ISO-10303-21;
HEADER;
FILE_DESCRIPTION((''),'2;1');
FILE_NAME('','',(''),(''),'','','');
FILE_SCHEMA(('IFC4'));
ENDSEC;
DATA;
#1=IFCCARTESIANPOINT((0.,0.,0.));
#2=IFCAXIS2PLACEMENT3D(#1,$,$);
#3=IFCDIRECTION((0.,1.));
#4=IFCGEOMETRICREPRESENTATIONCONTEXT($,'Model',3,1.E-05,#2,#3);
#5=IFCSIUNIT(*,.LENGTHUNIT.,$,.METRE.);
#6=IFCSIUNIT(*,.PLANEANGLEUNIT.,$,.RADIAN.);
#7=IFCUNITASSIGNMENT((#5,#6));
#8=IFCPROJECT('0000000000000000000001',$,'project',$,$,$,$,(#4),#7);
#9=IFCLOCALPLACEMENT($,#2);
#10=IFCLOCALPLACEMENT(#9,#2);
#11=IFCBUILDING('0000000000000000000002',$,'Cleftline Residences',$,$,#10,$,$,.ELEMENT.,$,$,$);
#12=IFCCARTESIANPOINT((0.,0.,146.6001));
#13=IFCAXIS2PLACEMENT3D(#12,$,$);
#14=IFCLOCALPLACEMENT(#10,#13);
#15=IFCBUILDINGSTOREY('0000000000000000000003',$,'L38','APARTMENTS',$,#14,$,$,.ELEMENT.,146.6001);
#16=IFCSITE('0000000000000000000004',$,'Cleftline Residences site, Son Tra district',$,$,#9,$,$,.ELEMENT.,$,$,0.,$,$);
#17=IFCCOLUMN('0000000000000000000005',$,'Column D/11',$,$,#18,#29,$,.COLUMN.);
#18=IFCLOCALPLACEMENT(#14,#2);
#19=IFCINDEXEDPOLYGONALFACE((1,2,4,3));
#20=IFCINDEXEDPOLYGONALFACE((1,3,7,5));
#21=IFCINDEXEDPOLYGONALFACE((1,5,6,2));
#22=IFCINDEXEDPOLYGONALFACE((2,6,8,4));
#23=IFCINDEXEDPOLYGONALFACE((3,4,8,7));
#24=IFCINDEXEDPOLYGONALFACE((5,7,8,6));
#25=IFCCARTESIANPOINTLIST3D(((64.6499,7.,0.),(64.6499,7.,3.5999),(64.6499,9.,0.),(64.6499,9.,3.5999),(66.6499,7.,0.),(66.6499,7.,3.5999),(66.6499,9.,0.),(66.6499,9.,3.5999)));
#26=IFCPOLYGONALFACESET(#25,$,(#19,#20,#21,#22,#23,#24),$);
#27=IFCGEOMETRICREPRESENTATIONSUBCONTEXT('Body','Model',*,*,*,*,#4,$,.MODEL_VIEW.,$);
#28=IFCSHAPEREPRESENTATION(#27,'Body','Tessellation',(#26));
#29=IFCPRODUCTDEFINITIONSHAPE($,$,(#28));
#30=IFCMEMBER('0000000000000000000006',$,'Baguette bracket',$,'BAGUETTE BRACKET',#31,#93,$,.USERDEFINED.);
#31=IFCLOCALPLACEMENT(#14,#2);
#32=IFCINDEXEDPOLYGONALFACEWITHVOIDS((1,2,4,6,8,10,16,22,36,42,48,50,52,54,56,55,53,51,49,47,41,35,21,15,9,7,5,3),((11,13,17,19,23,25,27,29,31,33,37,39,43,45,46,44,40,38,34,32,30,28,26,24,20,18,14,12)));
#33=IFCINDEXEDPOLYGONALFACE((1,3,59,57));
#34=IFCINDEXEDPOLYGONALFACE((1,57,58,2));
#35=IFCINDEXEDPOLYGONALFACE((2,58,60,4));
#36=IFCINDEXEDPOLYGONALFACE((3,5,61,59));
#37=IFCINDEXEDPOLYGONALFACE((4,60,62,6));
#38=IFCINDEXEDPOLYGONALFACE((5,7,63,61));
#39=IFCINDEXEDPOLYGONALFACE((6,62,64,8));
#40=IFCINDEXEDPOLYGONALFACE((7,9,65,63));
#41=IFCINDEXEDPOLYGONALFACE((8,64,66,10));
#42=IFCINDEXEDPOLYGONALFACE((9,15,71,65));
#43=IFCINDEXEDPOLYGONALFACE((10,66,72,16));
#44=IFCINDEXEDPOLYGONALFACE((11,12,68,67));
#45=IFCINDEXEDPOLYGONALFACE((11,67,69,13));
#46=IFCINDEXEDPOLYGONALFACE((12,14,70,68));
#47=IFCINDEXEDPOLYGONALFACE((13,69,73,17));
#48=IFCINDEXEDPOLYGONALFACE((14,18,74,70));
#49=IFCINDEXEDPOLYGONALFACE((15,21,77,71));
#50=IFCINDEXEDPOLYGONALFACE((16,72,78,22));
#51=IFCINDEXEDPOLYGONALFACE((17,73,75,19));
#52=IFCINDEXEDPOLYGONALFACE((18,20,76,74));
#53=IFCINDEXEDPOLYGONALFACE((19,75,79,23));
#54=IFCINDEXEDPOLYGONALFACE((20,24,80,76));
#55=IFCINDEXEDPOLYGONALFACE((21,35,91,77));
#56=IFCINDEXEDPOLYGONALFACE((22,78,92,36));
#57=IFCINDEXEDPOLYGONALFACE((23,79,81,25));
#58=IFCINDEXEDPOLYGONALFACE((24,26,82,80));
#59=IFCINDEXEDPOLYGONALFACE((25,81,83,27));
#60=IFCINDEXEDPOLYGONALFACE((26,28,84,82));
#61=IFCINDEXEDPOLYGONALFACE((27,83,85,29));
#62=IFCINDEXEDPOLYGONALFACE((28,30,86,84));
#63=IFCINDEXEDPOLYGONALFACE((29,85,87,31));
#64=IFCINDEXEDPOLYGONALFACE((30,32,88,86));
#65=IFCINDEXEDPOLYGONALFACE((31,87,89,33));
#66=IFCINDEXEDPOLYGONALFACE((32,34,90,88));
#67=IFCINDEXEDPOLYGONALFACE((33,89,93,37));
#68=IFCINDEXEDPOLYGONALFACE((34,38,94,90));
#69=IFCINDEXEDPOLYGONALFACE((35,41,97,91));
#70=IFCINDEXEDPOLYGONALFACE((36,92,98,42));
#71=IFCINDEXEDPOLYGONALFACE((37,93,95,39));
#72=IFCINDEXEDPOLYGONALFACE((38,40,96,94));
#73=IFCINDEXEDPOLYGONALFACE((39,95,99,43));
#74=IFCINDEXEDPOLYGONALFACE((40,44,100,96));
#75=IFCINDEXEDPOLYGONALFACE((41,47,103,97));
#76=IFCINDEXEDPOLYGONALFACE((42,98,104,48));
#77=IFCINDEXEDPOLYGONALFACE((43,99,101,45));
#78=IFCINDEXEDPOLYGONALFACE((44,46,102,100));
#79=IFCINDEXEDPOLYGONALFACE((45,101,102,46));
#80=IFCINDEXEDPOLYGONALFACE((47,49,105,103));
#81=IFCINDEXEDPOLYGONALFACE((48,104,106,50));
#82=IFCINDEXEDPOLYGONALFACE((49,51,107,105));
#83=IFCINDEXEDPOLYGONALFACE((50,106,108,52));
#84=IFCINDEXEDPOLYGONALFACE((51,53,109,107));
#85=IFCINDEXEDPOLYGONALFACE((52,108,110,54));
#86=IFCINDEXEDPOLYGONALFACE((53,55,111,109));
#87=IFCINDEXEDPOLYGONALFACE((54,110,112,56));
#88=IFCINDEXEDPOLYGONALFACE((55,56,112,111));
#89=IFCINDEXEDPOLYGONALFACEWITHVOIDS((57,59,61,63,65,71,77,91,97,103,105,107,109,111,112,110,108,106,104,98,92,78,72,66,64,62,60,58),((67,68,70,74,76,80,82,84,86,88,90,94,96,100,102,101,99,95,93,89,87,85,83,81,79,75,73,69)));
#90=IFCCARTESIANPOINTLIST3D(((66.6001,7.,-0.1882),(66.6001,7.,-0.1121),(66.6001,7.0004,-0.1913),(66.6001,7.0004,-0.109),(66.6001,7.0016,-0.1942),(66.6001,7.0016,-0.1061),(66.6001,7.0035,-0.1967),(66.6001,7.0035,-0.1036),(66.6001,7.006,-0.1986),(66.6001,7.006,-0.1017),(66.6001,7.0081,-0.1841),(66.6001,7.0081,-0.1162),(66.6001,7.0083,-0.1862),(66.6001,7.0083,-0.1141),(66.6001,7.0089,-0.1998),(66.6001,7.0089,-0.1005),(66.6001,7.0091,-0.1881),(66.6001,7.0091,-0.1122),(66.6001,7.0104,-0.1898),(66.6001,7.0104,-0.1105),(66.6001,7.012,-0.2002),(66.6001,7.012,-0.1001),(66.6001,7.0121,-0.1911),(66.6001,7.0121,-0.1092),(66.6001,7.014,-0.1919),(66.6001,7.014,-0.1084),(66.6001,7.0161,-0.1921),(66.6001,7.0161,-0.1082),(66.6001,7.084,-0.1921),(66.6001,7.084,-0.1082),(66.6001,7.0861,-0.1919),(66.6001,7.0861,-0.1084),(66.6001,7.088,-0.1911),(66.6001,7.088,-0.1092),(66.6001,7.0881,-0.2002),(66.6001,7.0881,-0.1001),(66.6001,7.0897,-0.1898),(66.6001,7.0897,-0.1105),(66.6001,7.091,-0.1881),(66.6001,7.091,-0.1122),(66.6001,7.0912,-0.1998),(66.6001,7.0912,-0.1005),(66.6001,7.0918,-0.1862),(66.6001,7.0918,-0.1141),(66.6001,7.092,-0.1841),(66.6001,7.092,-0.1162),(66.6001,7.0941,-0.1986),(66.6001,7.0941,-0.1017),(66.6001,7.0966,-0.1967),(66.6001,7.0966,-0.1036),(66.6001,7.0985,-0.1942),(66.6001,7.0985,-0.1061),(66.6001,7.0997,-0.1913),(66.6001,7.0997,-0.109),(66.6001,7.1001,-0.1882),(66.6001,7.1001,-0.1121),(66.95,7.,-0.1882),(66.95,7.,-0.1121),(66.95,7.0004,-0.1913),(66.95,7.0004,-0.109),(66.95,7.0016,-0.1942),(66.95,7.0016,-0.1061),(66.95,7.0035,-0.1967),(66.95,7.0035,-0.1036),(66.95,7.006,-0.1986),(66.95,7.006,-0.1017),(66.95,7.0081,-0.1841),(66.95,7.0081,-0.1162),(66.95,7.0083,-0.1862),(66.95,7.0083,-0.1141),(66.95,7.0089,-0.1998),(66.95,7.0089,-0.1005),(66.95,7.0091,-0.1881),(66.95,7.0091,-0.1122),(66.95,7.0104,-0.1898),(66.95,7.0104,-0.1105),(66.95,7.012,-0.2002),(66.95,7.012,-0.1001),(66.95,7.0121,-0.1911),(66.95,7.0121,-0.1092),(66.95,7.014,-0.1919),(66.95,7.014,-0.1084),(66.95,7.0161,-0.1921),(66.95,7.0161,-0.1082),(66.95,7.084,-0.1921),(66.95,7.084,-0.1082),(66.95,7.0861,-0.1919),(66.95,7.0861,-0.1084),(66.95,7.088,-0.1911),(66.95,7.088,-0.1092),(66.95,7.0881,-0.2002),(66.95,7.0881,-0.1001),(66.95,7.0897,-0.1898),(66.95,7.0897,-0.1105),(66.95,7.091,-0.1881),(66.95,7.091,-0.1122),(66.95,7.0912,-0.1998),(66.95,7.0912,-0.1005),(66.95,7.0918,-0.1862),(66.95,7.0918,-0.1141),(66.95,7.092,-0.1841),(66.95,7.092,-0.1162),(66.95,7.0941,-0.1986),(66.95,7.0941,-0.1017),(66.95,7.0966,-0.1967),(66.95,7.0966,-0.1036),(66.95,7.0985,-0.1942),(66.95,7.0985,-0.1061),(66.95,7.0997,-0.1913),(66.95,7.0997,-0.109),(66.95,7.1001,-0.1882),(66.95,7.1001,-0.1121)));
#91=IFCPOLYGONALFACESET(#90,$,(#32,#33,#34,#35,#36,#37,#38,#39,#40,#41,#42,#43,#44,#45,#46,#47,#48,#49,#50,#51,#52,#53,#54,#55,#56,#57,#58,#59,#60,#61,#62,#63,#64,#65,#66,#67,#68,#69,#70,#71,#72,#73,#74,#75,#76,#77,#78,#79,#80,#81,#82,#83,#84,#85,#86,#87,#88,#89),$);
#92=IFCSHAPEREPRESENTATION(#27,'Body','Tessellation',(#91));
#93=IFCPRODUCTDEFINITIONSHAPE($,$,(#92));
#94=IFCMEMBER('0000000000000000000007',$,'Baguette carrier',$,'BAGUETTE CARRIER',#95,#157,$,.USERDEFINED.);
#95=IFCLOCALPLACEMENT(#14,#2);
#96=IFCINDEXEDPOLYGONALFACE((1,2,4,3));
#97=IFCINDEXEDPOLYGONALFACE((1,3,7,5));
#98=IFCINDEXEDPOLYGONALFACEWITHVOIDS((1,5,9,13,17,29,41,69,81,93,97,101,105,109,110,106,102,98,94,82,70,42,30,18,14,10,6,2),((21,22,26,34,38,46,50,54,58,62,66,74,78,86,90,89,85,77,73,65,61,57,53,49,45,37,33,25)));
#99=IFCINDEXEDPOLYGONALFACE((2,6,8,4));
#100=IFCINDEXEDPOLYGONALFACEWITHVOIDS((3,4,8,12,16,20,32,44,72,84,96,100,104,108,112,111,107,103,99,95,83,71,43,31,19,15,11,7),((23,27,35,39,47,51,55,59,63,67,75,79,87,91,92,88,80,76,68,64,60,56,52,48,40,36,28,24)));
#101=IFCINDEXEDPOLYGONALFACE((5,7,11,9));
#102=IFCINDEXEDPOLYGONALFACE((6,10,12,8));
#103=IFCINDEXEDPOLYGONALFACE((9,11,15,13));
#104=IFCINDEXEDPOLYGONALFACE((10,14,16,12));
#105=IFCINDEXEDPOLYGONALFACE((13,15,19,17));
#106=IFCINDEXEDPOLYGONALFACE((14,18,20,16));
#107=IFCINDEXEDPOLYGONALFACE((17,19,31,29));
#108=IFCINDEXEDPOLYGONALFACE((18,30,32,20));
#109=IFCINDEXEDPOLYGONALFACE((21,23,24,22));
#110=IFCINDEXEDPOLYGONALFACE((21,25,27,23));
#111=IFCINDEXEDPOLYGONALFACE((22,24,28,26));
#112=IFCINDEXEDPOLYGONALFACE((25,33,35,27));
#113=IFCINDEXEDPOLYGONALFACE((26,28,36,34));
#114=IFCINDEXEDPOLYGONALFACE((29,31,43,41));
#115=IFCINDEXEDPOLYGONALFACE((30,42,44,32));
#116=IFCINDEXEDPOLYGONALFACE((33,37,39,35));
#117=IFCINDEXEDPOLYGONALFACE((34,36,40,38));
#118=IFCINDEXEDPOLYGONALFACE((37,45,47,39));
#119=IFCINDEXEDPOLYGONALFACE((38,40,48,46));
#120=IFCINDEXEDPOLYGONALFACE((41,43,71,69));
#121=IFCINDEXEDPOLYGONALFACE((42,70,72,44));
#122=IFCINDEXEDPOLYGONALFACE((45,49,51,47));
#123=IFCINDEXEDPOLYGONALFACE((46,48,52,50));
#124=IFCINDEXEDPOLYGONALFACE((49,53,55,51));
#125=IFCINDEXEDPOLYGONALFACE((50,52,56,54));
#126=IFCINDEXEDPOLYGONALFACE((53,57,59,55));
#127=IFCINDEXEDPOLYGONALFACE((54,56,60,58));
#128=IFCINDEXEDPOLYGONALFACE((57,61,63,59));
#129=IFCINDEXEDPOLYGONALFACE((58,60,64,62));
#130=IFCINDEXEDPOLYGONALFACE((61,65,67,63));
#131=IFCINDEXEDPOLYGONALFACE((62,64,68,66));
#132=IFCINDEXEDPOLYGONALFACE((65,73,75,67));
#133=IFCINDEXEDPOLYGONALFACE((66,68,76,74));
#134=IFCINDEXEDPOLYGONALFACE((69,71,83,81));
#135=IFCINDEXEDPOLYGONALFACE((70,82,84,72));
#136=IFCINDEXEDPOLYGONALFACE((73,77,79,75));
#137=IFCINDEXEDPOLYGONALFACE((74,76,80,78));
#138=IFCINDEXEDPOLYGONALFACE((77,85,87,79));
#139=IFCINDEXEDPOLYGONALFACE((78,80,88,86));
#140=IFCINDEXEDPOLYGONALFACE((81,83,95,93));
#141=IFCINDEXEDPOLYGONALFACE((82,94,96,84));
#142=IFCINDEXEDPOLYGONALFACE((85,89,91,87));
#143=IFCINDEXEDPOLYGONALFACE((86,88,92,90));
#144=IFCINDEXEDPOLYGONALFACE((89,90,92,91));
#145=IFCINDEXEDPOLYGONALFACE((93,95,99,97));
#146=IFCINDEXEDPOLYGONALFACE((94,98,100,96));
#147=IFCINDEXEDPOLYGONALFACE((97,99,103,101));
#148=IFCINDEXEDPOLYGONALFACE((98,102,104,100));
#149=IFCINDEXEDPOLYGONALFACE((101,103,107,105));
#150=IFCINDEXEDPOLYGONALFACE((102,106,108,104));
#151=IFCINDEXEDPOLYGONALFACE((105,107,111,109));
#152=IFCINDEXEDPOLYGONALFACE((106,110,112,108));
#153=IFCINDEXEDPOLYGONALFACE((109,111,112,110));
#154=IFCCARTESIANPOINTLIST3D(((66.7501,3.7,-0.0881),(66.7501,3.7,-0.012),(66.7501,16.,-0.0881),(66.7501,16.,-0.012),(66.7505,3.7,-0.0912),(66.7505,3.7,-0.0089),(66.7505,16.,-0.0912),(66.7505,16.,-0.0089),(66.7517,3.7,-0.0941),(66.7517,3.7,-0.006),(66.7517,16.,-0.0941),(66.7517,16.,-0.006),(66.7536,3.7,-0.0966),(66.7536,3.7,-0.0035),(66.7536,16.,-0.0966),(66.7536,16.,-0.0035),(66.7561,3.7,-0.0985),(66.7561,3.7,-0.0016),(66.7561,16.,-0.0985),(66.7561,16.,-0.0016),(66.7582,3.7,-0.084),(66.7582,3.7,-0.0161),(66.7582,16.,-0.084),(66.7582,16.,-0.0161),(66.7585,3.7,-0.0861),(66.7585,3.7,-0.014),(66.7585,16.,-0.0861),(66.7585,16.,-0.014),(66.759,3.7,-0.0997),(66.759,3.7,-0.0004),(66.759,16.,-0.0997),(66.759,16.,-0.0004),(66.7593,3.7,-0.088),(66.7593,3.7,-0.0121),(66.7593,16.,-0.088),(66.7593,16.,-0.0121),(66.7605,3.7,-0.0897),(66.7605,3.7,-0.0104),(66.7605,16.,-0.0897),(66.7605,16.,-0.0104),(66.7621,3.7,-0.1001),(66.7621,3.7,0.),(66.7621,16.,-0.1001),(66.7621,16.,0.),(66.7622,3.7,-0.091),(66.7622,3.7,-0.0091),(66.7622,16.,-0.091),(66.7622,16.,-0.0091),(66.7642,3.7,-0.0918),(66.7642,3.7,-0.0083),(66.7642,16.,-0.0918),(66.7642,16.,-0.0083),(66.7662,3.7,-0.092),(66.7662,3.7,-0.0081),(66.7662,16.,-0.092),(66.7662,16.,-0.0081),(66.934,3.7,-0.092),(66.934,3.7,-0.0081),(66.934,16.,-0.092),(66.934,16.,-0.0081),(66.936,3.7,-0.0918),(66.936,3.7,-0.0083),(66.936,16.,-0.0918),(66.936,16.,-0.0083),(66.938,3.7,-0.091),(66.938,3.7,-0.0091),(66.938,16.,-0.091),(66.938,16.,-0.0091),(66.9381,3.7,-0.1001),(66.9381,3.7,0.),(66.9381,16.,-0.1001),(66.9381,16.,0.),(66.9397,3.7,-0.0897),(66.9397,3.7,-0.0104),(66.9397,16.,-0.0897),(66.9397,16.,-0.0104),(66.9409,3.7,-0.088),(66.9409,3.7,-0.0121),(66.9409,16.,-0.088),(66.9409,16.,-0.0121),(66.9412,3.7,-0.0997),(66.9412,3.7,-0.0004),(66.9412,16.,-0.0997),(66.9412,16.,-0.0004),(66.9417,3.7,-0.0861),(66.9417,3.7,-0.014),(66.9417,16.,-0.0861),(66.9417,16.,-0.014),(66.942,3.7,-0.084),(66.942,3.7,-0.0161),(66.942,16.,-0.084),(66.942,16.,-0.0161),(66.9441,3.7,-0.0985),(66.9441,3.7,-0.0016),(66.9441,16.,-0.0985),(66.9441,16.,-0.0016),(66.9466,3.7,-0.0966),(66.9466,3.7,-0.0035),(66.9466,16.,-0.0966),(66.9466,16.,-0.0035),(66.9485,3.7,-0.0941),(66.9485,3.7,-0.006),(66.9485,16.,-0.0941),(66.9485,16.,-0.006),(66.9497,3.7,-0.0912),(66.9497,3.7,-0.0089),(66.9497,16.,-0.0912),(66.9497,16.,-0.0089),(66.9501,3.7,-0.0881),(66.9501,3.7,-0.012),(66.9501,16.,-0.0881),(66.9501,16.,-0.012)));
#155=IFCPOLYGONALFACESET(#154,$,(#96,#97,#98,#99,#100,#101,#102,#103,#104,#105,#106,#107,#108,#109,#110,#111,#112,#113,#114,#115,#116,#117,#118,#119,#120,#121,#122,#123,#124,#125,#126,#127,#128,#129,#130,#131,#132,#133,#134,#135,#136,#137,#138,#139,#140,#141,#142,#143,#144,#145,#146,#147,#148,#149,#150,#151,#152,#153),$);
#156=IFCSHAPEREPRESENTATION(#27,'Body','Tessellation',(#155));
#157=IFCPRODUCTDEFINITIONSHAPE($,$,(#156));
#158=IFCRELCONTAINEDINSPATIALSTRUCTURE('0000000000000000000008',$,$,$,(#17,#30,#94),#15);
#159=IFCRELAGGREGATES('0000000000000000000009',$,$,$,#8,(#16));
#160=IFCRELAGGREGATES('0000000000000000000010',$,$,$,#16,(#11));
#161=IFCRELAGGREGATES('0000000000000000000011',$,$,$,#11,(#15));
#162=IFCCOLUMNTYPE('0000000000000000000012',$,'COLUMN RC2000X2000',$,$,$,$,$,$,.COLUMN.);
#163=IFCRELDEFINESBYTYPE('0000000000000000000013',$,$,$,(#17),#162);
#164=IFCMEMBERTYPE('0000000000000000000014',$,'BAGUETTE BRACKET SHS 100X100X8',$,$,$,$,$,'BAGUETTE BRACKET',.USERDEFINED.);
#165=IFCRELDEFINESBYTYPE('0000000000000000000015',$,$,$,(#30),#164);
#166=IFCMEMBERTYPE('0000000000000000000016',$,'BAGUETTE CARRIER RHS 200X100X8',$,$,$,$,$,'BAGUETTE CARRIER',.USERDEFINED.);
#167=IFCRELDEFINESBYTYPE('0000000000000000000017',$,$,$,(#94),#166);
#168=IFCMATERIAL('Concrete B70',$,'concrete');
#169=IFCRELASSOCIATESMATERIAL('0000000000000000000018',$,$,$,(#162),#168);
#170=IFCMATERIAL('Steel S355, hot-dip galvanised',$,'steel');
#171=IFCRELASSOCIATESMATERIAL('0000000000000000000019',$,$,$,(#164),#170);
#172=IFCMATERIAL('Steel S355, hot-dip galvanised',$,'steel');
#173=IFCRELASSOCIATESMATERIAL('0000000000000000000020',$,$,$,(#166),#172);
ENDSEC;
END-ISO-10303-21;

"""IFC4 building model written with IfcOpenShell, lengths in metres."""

from ifc_helpers import new_model, si_unit, direction, frame, origin, origin_2d, place, context, subcontext, project, spatial, rectangle, hollow_rectangle, extrude, material, material_profile, profile_set, type_object, element, save


model = new_model("IFC4")

# Units and contexts
model_context = context("Model", 3, precision=1e-05, world=origin(), true_north=direction((0.0, 1.0)))
body_context = subcontext(model_context, "Body", "Model", "MODEL_VIEW")
ifc_project = project(units=[si_unit("LENGTHUNIT", "METRE"), si_unit("PLANEANGLEUNIT", "RADIAN")], contexts=[model_context])

# Site, building, storey
site_placement = place(None, origin())
site = spatial("IfcSite", under=ifc_project, at=site_placement, Name="Cleftline Residences site, Son Tra district", CompositionType="ELEMENT", RefElevation=0.0)
building_placement = place(site_placement, origin())
building = spatial("IfcBuilding", under=site, at=building_placement, Name="Cleftline Residences", CompositionType="ELEMENT")
storey_placement = place(building_placement, frame((0.0, 0.0, 146.6001)))
storey = spatial("IfcBuildingStorey", under=building, at=storey_placement, Name="L38", Description="APARTMENTS", CompositionType="ELEMENT", Elevation=146.6001)

# Column
ifc_material_1 = material(Name="Concrete B70", Category="concrete")
ifc_material_profile_1 = material_profile(ifc_material_1, rectangle(XDim=2.0, YDim=2.0, at=origin_2d()))
ifc_profile_set_1 = profile_set([ifc_material_profile_1], Name="Concrete B70")
column_type = type_object("IfcColumnType", Name="COLUMN RC2000X2000", PredefinedType="COLUMN", material=ifc_profile_set_1)
column_placement = place(storey_placement, frame((65.6499, 8.0, 0.0), z_axis=(0.0, 0.0, 1.0), x_axis=(1.0, 0.0, 0.0)))
element("IfcColumn", 1, at=column_placement, inside=storey, type_object=column_type, Name="Column D/11", PredefinedType="COLUMN", context=body_context, shape_type="SweptSolid", body=[
    extrude(rectangle(XDim=2.0, YDim=2.0, at=origin_2d()), origin(), (0.0, 0.0, 1.0), 3.5999),
])

# Members
ifc_material_2 = material(Name="Steel S355, hot-dip galvanised", Category="steel")
ifc_material_profile_2 = material_profile(ifc_material_2, hollow_rectangle(XDim=0.1001, YDim=0.1001, WallThickness=0.0081, InnerFilletRadius=0.0081, OuterFilletRadius=0.012, at=origin_2d()))
ifc_profile_set_2 = profile_set([ifc_material_profile_2], Name="Steel S355, hot-dip galvanised")
member_type_1 = type_object("IfcMemberType", Name="BAGUETTE BRACKET SHS 100X100X8", ElementType="BAGUETTE BRACKET", PredefinedType="USERDEFINED", material=ifc_profile_set_2)
member_1_placement = place(storey_placement, frame((66.6001, 7.05, -0.1501), z_axis=(1.0, 0.0, 0.0), x_axis=(0.0, 1.0, 0.0)))
element("IfcMember", 2, at=member_1_placement, inside=storey, type_object=member_type_1, Name="Baguette bracket", ObjectType="BAGUETTE BRACKET", PredefinedType="USERDEFINED", context=body_context, shape_type="SweptSolid", body=[
    extrude(hollow_rectangle(XDim=0.1001, YDim=0.1001, WallThickness=0.0081, InnerFilletRadius=0.0081, OuterFilletRadius=0.012, at=origin_2d()), origin(), (0.0, 0.0, 1.0), 0.3499),
])
ifc_material_3 = material(Name="Steel S355, hot-dip galvanised", Category="steel")
ifc_material_profile_3 = material_profile(ifc_material_3, hollow_rectangle(XDim=0.1001, YDim=0.2, WallThickness=0.0081, InnerFilletRadius=0.0081, OuterFilletRadius=0.012, at=origin_2d()))
ifc_profile_set_3 = profile_set([ifc_material_profile_3], Name="Steel S355, hot-dip galvanised")
member_type_2 = type_object("IfcMemberType", Name="BAGUETTE CARRIER RHS 200X100X8", ElementType="BAGUETTE CARRIER", PredefinedType="USERDEFINED", material=ifc_profile_set_3)
member_2_placement = place(storey_placement, frame((66.8501, 3.7, -0.05), z_axis=(0.0, 1.0, 0.0), x_axis=(0.0, 0.0, 1.0)))
element("IfcMember", 3, at=member_2_placement, inside=storey, type_object=member_type_2, Name="Baguette carrier", ObjectType="BAGUETTE CARRIER", PredefinedType="USERDEFINED", context=body_context, shape_type="SweptSolid", body=[
    extrude(hollow_rectangle(XDim=0.1001, YDim=0.2, WallThickness=0.0081, InnerFilletRadius=0.0081, OuterFilletRadius=0.012, at=origin_2d()), origin(), (0.0, 0.0, 1.0), 12.3),
])

save(model, "model.ifc")
